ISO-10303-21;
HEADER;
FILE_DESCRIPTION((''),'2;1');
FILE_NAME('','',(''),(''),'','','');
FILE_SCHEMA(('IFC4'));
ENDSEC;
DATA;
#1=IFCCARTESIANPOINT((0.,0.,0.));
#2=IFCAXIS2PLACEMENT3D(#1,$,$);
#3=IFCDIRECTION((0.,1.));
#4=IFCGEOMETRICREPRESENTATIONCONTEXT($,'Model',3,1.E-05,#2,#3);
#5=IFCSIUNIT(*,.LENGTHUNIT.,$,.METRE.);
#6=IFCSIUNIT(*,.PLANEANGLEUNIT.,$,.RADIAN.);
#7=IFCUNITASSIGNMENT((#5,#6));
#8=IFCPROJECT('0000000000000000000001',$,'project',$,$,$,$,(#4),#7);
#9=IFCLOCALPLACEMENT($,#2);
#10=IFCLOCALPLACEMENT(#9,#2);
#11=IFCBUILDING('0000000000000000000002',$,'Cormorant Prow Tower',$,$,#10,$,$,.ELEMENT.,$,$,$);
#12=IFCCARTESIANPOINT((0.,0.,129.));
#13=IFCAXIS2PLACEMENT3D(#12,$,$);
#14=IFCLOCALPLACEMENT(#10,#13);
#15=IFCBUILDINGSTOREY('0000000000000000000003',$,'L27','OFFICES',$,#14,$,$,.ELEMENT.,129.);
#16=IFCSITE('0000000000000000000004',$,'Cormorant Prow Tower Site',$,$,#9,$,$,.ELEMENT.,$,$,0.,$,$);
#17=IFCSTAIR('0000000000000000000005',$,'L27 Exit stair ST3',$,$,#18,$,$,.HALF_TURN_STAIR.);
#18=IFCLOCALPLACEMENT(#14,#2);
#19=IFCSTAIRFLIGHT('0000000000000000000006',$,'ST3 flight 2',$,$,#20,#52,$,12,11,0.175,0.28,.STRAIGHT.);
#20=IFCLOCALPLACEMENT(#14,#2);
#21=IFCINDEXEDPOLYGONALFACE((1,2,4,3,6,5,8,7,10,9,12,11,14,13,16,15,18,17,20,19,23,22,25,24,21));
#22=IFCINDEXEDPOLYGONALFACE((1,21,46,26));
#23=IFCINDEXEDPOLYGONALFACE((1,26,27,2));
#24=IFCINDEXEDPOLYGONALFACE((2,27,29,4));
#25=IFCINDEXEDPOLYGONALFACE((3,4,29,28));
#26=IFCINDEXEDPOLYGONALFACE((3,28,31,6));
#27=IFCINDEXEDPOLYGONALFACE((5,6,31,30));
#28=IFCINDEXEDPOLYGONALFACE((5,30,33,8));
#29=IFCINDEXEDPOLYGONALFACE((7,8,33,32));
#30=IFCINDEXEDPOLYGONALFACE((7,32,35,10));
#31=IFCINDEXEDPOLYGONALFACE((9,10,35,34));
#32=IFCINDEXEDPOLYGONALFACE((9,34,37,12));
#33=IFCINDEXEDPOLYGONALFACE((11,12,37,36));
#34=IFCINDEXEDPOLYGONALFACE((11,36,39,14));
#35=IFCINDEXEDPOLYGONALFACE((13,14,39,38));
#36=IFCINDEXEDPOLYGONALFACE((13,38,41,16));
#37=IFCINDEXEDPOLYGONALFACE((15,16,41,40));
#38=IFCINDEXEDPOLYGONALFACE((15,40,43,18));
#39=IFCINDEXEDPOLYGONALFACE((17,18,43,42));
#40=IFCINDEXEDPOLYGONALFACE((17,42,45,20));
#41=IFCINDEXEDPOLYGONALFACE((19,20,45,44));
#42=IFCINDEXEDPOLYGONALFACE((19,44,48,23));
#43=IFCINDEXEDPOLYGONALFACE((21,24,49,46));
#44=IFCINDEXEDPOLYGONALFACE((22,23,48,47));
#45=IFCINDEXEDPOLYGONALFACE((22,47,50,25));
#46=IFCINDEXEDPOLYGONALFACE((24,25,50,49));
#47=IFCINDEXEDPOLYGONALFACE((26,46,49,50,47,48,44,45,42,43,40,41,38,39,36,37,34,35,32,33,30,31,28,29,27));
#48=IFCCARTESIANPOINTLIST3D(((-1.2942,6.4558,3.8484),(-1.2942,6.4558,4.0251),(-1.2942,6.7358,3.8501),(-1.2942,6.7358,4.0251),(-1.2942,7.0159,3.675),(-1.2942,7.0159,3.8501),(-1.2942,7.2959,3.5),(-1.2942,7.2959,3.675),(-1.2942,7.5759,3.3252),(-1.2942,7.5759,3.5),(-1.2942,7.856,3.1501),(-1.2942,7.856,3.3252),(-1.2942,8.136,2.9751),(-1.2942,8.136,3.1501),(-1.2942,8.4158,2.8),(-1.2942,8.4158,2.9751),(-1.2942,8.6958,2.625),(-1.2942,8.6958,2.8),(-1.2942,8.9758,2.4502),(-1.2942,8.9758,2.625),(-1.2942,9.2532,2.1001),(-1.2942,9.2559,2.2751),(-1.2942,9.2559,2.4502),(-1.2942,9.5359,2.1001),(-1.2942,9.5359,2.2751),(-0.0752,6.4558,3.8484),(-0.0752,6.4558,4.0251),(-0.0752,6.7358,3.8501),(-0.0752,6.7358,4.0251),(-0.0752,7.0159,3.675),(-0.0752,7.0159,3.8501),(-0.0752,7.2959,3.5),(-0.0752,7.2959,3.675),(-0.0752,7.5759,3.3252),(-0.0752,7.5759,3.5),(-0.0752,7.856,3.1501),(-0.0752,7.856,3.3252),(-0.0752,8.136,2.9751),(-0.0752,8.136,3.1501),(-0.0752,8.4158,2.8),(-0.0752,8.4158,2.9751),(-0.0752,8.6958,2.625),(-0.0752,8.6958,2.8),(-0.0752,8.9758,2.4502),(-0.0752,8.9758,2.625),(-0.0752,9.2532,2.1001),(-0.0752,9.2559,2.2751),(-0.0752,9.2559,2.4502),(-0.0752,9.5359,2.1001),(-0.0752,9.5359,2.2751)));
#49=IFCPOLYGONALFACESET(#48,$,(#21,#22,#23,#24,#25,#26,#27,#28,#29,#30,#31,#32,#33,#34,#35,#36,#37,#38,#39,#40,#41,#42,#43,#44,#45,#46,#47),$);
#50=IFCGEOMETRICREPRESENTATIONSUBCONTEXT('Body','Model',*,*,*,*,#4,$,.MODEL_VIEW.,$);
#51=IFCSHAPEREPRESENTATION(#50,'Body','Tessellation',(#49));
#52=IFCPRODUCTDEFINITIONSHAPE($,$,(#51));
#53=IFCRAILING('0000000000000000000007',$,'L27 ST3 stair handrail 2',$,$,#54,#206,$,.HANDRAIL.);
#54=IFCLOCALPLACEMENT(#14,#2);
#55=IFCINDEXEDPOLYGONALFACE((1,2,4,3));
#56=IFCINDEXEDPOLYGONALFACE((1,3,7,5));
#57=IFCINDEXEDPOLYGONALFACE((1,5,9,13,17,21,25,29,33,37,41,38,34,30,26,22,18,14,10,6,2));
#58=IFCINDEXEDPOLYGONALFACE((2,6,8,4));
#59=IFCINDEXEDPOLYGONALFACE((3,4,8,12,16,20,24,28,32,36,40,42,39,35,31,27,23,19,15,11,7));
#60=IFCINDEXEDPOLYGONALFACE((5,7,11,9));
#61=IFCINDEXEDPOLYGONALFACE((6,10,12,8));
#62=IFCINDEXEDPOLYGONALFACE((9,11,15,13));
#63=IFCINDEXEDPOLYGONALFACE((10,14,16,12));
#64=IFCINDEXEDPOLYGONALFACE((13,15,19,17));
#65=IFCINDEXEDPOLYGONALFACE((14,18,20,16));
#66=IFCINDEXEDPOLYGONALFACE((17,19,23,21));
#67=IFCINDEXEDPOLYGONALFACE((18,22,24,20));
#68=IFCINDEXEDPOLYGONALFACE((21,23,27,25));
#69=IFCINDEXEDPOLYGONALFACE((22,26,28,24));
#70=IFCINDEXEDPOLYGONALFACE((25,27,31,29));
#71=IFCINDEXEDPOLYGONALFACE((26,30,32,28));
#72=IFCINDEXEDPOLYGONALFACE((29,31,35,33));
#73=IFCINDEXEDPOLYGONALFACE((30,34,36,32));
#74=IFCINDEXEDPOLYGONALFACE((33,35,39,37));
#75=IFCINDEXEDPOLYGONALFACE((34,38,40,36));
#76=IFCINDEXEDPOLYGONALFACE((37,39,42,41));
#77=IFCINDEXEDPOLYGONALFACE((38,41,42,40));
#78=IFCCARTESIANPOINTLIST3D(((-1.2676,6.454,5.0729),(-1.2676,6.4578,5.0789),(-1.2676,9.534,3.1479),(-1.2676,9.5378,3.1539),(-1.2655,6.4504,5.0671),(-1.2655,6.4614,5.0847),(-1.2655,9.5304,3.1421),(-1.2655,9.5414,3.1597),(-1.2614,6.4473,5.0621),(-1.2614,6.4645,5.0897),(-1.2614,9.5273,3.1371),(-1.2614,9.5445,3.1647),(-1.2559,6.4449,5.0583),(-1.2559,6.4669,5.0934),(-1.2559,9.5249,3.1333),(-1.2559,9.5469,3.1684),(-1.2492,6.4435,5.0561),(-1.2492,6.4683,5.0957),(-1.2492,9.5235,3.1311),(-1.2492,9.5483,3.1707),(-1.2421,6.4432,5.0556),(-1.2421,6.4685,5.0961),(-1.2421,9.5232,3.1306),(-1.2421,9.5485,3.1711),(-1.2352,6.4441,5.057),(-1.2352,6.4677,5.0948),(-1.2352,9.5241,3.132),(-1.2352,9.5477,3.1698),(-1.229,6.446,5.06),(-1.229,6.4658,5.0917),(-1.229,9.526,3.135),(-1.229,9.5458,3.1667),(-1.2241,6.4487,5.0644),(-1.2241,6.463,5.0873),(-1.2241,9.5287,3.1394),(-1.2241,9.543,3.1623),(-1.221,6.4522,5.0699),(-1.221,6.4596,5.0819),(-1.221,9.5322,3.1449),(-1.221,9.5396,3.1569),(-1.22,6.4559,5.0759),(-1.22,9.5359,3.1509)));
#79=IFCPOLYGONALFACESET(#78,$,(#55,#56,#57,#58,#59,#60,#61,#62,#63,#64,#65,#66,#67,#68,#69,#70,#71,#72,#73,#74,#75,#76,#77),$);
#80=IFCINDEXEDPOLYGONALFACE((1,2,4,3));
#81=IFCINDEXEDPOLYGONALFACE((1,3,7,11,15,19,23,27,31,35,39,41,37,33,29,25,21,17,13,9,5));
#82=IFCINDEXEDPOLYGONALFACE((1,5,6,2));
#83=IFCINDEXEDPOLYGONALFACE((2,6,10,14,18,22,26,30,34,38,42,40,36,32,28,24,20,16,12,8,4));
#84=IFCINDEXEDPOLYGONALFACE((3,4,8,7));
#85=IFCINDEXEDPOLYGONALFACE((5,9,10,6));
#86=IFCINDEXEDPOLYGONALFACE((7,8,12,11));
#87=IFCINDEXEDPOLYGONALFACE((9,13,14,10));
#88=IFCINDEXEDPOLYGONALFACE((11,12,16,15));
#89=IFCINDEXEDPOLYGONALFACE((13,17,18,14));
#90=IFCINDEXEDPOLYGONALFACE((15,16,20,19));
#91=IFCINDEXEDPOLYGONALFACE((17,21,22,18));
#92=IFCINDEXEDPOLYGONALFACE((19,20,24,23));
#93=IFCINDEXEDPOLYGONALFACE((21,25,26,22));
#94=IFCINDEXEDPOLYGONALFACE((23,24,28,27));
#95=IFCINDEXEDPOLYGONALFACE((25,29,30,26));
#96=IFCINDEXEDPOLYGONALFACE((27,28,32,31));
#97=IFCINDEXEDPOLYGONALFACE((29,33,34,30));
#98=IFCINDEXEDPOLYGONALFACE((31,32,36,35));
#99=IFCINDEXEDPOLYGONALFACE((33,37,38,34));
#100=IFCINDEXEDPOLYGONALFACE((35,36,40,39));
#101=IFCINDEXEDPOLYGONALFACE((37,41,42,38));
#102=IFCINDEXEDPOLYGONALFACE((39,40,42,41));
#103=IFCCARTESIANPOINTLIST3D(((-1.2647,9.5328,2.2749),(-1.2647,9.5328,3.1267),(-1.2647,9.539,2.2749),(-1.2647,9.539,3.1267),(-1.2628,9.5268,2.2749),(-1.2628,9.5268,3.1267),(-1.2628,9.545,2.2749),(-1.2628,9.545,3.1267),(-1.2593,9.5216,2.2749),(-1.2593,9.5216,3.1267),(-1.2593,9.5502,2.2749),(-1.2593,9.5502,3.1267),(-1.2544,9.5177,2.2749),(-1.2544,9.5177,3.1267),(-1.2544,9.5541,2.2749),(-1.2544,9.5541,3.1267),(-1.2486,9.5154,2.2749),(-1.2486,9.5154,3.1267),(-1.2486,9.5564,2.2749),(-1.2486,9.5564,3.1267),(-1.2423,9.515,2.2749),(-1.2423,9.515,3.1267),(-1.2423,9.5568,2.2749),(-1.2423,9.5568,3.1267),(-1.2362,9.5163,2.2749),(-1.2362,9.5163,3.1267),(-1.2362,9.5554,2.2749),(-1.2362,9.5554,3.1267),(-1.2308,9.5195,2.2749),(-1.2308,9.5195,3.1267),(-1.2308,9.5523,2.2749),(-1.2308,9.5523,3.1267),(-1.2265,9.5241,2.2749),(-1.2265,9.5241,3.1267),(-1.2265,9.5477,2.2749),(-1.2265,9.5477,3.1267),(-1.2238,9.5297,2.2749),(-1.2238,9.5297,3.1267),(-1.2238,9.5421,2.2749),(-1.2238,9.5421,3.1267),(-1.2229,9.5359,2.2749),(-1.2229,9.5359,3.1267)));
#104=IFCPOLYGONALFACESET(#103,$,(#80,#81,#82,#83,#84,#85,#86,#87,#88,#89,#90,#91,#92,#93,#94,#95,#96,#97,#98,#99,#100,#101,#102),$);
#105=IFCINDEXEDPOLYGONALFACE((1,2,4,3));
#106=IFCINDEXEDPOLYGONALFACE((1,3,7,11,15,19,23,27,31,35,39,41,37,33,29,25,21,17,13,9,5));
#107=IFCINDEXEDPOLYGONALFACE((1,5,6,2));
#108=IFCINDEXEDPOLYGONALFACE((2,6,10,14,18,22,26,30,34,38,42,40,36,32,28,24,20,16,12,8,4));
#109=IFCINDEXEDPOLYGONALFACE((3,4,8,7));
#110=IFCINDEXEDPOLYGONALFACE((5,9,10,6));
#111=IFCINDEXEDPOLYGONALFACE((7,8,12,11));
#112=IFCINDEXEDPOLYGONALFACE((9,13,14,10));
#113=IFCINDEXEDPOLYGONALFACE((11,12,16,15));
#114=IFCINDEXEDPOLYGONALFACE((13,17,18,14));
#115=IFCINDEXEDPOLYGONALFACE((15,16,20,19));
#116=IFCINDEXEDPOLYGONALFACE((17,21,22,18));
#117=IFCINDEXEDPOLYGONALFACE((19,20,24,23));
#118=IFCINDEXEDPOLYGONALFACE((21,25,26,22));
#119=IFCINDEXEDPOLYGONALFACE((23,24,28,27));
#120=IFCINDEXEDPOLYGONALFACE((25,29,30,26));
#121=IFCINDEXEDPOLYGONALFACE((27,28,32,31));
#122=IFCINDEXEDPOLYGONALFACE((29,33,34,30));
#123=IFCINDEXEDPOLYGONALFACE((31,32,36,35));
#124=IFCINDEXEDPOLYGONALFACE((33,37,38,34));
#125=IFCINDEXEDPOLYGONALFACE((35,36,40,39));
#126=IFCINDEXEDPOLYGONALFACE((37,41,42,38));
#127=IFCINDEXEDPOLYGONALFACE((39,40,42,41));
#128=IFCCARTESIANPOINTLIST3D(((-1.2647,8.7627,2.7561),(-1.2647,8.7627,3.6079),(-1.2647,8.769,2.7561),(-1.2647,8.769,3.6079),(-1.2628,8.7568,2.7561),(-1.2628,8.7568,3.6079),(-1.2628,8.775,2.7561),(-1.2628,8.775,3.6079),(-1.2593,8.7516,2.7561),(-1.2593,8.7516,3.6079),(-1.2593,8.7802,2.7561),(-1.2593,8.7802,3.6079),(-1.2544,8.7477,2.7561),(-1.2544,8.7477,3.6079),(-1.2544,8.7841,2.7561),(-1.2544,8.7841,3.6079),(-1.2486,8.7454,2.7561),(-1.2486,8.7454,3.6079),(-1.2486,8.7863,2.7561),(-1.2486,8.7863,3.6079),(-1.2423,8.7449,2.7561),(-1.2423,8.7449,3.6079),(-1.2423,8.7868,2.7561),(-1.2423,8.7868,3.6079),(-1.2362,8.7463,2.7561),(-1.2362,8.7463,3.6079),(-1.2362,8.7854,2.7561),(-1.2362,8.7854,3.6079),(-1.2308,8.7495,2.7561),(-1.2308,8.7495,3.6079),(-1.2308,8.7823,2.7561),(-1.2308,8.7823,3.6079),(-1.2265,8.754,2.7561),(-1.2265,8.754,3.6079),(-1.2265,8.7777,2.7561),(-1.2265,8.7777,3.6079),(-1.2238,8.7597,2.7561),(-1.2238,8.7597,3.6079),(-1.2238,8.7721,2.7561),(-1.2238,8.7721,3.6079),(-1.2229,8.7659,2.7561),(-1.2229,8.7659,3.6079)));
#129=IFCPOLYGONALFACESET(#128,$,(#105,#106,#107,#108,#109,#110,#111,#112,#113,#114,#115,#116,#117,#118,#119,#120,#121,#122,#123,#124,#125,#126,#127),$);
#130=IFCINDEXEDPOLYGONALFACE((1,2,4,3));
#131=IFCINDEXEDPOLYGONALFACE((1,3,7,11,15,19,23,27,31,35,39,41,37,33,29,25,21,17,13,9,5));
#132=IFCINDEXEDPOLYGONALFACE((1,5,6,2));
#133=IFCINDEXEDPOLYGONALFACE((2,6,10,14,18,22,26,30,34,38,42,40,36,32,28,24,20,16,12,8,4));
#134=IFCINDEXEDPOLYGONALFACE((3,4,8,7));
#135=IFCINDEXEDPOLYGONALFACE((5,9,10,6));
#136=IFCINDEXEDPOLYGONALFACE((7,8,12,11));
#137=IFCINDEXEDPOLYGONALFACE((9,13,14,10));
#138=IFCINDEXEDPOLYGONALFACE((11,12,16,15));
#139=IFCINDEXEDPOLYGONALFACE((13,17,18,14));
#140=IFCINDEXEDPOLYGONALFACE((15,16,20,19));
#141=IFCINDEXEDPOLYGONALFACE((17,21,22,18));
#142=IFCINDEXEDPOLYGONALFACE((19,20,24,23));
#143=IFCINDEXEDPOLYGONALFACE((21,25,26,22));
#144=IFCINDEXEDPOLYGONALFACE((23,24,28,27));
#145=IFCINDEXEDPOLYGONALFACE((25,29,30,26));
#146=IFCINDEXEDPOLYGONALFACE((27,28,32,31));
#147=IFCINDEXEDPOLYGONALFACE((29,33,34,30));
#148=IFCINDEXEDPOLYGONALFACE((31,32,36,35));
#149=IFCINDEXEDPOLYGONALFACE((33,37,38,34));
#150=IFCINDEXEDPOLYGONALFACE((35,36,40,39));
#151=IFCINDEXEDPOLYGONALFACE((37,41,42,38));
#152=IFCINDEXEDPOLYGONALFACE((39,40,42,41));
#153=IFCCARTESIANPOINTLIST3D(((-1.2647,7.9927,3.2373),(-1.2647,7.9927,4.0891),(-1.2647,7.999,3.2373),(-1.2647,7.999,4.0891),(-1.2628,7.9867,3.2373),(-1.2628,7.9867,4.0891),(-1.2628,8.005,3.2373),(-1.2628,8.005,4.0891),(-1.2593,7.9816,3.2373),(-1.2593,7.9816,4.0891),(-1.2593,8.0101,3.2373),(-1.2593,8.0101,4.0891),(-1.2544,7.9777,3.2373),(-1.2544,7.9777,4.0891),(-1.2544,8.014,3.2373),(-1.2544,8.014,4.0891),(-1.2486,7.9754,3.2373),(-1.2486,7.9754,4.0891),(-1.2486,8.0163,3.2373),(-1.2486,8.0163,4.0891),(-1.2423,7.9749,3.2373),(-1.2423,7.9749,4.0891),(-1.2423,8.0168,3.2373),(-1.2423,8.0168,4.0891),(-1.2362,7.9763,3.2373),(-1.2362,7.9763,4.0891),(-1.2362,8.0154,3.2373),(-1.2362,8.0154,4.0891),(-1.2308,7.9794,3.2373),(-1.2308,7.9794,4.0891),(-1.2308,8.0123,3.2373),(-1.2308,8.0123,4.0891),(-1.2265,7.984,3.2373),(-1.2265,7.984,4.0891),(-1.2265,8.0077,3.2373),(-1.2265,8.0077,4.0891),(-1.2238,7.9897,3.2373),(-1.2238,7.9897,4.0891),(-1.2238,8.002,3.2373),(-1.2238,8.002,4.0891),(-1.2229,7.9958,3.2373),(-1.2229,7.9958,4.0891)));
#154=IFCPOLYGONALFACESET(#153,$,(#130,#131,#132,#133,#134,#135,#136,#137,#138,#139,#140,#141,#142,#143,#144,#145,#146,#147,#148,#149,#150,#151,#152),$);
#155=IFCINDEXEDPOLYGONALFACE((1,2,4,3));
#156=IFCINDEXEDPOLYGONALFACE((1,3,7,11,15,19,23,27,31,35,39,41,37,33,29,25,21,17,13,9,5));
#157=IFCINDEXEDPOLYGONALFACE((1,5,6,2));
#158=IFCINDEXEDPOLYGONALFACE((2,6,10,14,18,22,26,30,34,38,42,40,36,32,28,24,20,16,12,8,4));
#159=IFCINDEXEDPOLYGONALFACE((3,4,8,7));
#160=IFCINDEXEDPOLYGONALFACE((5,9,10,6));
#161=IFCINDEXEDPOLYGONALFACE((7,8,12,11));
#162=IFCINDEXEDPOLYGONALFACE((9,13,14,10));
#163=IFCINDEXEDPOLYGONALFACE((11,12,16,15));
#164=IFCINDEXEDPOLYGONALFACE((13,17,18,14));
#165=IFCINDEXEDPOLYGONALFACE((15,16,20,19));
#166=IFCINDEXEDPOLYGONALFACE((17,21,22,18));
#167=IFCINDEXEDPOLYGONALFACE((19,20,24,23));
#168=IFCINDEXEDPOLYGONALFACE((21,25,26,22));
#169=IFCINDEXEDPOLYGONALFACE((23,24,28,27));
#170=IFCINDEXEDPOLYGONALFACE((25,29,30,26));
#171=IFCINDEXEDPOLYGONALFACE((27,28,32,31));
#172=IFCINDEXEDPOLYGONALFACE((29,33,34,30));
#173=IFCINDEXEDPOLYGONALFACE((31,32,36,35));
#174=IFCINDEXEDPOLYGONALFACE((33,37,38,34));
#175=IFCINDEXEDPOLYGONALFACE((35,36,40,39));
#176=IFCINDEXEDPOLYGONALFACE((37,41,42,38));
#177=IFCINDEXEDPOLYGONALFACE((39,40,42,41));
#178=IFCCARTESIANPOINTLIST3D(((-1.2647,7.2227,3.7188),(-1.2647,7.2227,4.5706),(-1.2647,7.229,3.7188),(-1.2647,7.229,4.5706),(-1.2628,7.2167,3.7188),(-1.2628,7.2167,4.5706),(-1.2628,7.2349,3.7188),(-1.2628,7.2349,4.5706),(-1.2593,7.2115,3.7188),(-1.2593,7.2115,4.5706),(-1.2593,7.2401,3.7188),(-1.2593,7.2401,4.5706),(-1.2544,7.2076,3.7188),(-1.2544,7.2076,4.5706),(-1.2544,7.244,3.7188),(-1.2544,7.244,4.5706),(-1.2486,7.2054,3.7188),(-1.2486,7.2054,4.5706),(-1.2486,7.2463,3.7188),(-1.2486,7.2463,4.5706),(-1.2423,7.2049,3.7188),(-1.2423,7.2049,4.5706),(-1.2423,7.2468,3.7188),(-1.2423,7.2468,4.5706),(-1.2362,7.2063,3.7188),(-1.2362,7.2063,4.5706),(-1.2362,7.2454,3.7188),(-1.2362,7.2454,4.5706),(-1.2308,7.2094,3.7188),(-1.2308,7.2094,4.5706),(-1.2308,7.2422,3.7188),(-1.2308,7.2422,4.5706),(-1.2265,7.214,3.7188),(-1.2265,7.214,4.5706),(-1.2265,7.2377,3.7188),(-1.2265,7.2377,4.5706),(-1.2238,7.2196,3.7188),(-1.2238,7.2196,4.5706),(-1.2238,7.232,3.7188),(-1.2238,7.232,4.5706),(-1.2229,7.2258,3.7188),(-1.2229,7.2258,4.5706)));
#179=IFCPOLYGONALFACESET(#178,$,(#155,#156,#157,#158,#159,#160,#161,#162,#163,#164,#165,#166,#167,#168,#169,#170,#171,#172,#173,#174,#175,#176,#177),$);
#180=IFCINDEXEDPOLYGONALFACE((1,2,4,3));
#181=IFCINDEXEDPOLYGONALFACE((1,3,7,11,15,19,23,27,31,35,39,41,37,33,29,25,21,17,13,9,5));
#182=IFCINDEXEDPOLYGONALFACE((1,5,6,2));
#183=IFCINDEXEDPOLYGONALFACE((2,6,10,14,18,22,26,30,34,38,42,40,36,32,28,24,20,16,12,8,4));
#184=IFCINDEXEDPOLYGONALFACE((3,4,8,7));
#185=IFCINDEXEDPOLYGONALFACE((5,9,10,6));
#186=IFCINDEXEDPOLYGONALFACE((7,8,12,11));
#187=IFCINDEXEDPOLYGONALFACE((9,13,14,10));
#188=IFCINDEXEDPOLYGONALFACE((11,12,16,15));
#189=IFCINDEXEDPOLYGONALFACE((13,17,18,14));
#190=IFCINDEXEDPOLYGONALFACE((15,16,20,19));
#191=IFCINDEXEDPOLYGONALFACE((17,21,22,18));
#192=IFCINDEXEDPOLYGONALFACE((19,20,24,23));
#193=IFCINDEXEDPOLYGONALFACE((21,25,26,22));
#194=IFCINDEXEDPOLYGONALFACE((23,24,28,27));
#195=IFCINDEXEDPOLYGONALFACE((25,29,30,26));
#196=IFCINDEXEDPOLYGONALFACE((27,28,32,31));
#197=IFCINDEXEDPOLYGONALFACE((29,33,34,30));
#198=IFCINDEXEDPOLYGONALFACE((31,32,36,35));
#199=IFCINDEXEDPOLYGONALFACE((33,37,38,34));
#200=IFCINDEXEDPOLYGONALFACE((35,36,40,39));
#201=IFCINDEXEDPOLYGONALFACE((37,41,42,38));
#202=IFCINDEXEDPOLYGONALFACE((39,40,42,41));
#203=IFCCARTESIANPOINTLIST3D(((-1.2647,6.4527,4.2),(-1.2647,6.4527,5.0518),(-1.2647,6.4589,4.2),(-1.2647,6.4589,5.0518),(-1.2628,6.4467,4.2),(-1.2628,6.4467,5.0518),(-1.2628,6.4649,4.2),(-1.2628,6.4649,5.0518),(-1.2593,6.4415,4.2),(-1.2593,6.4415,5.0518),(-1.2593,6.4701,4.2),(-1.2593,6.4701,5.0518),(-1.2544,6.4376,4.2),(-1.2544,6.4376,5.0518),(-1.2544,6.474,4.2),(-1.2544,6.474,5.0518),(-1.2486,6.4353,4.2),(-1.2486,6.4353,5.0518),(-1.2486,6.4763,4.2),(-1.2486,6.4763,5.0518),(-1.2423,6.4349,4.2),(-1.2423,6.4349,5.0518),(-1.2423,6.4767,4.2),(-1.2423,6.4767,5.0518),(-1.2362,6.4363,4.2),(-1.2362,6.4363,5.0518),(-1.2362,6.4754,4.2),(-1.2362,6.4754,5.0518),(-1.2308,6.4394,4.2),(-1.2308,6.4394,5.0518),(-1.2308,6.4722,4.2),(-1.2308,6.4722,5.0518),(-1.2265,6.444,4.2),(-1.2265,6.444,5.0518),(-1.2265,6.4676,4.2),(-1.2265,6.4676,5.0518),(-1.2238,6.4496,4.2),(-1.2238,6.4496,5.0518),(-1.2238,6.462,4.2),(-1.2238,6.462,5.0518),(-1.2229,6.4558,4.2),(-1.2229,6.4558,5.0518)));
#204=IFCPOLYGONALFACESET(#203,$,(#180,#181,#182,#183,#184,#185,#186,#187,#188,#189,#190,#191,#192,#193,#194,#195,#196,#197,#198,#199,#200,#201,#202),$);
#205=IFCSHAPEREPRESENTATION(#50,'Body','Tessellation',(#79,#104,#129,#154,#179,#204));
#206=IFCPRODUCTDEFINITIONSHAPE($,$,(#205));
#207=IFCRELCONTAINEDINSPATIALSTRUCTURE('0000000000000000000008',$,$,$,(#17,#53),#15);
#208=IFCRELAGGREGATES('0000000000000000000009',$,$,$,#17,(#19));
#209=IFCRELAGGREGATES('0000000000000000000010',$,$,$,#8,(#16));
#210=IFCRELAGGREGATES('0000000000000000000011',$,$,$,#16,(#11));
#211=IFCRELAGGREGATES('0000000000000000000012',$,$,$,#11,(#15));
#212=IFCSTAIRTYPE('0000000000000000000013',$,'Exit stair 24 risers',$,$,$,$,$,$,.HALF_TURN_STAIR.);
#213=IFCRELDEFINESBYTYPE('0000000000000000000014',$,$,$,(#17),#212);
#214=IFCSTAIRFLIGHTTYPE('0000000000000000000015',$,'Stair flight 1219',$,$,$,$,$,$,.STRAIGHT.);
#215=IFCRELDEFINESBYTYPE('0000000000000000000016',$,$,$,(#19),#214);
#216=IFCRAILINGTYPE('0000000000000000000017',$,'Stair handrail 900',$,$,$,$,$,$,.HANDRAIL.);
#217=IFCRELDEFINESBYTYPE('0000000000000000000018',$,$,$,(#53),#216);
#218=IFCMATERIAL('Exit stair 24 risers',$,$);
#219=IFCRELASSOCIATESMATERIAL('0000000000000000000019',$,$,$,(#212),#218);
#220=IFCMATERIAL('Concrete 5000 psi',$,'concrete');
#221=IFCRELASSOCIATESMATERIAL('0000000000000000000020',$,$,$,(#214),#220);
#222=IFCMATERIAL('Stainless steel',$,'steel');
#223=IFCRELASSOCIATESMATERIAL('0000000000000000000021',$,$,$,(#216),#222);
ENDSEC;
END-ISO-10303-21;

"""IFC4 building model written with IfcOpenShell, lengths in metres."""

from ifc_helpers import new_model, si_unit, direction, frame, origin, origin_2d, place, context, subcontext, project, spatial, polyline, circle, outline, extrude, material, type_object, element, aggregate, save


model = new_model("IFC4")

# Units and contexts
model_context = context("Model", 3, precision=1e-05, world=origin(), true_north=direction((0.0, 1.0)))
body_context = subcontext(model_context, "Body", "Model", "MODEL_VIEW")
ifc_project = project(units=[si_unit("LENGTHUNIT", "METRE"), si_unit("PLANEANGLEUNIT", "RADIAN")], contexts=[model_context])

# Site, building, storey
site_placement = place(None, origin())
site = spatial("IfcSite", under=ifc_project, at=site_placement, Name="Cormorant Prow Tower Site", CompositionType="ELEMENT", RefElevation=0.0)
building_placement = place(site_placement, origin())
building = spatial("IfcBuilding", under=site, at=building_placement, Name="Cormorant Prow Tower", CompositionType="ELEMENT")
storey_placement = place(building_placement, frame((0.0, 0.0, 129.0)))
storey = spatial("IfcBuildingStorey", under=building, at=storey_placement, Name="L27", Description="OFFICES", CompositionType="ELEMENT", Elevation=129.0)

# Stair, stair flight
ifc_material_1 = material(Name="Exit stair 24 risers")
stair_type = type_object("IfcStairType", Name="Exit stair 24 risers", PredefinedType="HALF_TURN_STAIR", material=ifc_material_1)
stair_placement = place(storey_placement, origin())
stair = element("IfcStair", 1, at=stair_placement, inside=storey, type_object=stair_type, Name="L27 Exit stair ST3", PredefinedType="HALF_TURN_STAIR")
ifc_material_2 = material(Name="Concrete 5000 psi", Category="concrete")
stair_flight_type = type_object("IfcStairFlightType", Name="Stair flight 1219", PredefinedType="STRAIGHT", material=ifc_material_2)
stair_flight_placement = place(storey_placement, frame((-0.6846, 9.5359, 2.1001), z_axis=(0.0, 0.0, 1.0), x_axis=(0.0, -1.0, 0.0)))
stair_flight = element("IfcStairFlight", 2, at=stair_flight_placement, type_object=stair_flight_type, Name="ST3 flight 2", NumberOfRisers=12, NumberOfTreads=11, PredefinedType="STRAIGHT", RiserHeight=0.175, TreadLength=0.28, context=body_context, shape_type="SweptSolid", body=[
    extrude(outline(polyline([(0.0, 0.0), (0.0, 0.175), (0.28, 0.175), (0.28, 0.3501), (0.5601, 0.3501), (0.5601, 0.5249), (0.8401, 0.5249), (0.8401, 0.7), (1.1201, 0.7), (1.1201, 0.875), (1.3999, 0.875), (1.3999, 1.05), (1.6799, 1.05), (1.6799, 1.2251), (1.96, 1.2251), (1.96, 1.3999), (2.24, 1.3999), (2.24, 1.575), (2.52, 1.575), (2.52, 1.75), (2.8, 1.75), (2.8, 1.925), (3.0801, 1.925), (3.0801, 2.1001), (3.0801, 1.7483), (0.2827, 0.0), (0.0, 0.0)])), frame((0.0, 0.6094, 0.0), z_axis=(0.0, -1.0, 0.0), x_axis=(1.0, 0.0, 0.0)), (0.0, 0.0, 1.0), 1.219),
])
aggregate(stair, [stair_flight])

# Railing
ifc_material_3 = material(Name="Stainless steel", Category="steel")
railing_type = type_object("IfcRailingType", Name="Stair handrail 900", PredefinedType="HANDRAIL", material=ifc_material_3)
railing_placement = place(storey_placement, frame((-1.2439, 9.5359, 2.2749)))
element("IfcRailing", 3, at=railing_placement, inside=storey, type_object=railing_type, Name="L27 ST3 stair handrail 2", PredefinedType="HANDRAIL", context=body_context, shape_type="SweptSolid", body=[
    extrude(circle(Radius=0.0239, at=origin_2d()), frame((0.0, 0.0, 0.876), z_axis=(0.0, -0.847998, 0.529999), x_axis=(1.0, 0.0, 0.0)), (0.0, 0.0, 1.0), 3.6321),
    extrude(circle(Radius=0.021, at=origin_2d()), origin(), (0.0, 0.0, 1.0), 0.8518),
    extrude(circle(Radius=0.021, at=origin_2d()), frame((0.0, -0.77, 0.4812)), (0.0, 0.0, 1.0), 0.8518),
    extrude(circle(Radius=0.021, at=origin_2d()), frame((0.0, -1.54, 0.9624)), (0.0, 0.0, 1.0), 0.8518),
    extrude(circle(Radius=0.021, at=origin_2d()), frame((0.0, -2.3101, 1.4438)), (0.0, 0.0, 1.0), 0.8518),
    extrude(circle(Radius=0.021, at=origin_2d()), frame((0.0, -3.0801, 1.925)), (0.0, 0.0, 1.0), 0.8518),
])

save(model, "model.ifc")
